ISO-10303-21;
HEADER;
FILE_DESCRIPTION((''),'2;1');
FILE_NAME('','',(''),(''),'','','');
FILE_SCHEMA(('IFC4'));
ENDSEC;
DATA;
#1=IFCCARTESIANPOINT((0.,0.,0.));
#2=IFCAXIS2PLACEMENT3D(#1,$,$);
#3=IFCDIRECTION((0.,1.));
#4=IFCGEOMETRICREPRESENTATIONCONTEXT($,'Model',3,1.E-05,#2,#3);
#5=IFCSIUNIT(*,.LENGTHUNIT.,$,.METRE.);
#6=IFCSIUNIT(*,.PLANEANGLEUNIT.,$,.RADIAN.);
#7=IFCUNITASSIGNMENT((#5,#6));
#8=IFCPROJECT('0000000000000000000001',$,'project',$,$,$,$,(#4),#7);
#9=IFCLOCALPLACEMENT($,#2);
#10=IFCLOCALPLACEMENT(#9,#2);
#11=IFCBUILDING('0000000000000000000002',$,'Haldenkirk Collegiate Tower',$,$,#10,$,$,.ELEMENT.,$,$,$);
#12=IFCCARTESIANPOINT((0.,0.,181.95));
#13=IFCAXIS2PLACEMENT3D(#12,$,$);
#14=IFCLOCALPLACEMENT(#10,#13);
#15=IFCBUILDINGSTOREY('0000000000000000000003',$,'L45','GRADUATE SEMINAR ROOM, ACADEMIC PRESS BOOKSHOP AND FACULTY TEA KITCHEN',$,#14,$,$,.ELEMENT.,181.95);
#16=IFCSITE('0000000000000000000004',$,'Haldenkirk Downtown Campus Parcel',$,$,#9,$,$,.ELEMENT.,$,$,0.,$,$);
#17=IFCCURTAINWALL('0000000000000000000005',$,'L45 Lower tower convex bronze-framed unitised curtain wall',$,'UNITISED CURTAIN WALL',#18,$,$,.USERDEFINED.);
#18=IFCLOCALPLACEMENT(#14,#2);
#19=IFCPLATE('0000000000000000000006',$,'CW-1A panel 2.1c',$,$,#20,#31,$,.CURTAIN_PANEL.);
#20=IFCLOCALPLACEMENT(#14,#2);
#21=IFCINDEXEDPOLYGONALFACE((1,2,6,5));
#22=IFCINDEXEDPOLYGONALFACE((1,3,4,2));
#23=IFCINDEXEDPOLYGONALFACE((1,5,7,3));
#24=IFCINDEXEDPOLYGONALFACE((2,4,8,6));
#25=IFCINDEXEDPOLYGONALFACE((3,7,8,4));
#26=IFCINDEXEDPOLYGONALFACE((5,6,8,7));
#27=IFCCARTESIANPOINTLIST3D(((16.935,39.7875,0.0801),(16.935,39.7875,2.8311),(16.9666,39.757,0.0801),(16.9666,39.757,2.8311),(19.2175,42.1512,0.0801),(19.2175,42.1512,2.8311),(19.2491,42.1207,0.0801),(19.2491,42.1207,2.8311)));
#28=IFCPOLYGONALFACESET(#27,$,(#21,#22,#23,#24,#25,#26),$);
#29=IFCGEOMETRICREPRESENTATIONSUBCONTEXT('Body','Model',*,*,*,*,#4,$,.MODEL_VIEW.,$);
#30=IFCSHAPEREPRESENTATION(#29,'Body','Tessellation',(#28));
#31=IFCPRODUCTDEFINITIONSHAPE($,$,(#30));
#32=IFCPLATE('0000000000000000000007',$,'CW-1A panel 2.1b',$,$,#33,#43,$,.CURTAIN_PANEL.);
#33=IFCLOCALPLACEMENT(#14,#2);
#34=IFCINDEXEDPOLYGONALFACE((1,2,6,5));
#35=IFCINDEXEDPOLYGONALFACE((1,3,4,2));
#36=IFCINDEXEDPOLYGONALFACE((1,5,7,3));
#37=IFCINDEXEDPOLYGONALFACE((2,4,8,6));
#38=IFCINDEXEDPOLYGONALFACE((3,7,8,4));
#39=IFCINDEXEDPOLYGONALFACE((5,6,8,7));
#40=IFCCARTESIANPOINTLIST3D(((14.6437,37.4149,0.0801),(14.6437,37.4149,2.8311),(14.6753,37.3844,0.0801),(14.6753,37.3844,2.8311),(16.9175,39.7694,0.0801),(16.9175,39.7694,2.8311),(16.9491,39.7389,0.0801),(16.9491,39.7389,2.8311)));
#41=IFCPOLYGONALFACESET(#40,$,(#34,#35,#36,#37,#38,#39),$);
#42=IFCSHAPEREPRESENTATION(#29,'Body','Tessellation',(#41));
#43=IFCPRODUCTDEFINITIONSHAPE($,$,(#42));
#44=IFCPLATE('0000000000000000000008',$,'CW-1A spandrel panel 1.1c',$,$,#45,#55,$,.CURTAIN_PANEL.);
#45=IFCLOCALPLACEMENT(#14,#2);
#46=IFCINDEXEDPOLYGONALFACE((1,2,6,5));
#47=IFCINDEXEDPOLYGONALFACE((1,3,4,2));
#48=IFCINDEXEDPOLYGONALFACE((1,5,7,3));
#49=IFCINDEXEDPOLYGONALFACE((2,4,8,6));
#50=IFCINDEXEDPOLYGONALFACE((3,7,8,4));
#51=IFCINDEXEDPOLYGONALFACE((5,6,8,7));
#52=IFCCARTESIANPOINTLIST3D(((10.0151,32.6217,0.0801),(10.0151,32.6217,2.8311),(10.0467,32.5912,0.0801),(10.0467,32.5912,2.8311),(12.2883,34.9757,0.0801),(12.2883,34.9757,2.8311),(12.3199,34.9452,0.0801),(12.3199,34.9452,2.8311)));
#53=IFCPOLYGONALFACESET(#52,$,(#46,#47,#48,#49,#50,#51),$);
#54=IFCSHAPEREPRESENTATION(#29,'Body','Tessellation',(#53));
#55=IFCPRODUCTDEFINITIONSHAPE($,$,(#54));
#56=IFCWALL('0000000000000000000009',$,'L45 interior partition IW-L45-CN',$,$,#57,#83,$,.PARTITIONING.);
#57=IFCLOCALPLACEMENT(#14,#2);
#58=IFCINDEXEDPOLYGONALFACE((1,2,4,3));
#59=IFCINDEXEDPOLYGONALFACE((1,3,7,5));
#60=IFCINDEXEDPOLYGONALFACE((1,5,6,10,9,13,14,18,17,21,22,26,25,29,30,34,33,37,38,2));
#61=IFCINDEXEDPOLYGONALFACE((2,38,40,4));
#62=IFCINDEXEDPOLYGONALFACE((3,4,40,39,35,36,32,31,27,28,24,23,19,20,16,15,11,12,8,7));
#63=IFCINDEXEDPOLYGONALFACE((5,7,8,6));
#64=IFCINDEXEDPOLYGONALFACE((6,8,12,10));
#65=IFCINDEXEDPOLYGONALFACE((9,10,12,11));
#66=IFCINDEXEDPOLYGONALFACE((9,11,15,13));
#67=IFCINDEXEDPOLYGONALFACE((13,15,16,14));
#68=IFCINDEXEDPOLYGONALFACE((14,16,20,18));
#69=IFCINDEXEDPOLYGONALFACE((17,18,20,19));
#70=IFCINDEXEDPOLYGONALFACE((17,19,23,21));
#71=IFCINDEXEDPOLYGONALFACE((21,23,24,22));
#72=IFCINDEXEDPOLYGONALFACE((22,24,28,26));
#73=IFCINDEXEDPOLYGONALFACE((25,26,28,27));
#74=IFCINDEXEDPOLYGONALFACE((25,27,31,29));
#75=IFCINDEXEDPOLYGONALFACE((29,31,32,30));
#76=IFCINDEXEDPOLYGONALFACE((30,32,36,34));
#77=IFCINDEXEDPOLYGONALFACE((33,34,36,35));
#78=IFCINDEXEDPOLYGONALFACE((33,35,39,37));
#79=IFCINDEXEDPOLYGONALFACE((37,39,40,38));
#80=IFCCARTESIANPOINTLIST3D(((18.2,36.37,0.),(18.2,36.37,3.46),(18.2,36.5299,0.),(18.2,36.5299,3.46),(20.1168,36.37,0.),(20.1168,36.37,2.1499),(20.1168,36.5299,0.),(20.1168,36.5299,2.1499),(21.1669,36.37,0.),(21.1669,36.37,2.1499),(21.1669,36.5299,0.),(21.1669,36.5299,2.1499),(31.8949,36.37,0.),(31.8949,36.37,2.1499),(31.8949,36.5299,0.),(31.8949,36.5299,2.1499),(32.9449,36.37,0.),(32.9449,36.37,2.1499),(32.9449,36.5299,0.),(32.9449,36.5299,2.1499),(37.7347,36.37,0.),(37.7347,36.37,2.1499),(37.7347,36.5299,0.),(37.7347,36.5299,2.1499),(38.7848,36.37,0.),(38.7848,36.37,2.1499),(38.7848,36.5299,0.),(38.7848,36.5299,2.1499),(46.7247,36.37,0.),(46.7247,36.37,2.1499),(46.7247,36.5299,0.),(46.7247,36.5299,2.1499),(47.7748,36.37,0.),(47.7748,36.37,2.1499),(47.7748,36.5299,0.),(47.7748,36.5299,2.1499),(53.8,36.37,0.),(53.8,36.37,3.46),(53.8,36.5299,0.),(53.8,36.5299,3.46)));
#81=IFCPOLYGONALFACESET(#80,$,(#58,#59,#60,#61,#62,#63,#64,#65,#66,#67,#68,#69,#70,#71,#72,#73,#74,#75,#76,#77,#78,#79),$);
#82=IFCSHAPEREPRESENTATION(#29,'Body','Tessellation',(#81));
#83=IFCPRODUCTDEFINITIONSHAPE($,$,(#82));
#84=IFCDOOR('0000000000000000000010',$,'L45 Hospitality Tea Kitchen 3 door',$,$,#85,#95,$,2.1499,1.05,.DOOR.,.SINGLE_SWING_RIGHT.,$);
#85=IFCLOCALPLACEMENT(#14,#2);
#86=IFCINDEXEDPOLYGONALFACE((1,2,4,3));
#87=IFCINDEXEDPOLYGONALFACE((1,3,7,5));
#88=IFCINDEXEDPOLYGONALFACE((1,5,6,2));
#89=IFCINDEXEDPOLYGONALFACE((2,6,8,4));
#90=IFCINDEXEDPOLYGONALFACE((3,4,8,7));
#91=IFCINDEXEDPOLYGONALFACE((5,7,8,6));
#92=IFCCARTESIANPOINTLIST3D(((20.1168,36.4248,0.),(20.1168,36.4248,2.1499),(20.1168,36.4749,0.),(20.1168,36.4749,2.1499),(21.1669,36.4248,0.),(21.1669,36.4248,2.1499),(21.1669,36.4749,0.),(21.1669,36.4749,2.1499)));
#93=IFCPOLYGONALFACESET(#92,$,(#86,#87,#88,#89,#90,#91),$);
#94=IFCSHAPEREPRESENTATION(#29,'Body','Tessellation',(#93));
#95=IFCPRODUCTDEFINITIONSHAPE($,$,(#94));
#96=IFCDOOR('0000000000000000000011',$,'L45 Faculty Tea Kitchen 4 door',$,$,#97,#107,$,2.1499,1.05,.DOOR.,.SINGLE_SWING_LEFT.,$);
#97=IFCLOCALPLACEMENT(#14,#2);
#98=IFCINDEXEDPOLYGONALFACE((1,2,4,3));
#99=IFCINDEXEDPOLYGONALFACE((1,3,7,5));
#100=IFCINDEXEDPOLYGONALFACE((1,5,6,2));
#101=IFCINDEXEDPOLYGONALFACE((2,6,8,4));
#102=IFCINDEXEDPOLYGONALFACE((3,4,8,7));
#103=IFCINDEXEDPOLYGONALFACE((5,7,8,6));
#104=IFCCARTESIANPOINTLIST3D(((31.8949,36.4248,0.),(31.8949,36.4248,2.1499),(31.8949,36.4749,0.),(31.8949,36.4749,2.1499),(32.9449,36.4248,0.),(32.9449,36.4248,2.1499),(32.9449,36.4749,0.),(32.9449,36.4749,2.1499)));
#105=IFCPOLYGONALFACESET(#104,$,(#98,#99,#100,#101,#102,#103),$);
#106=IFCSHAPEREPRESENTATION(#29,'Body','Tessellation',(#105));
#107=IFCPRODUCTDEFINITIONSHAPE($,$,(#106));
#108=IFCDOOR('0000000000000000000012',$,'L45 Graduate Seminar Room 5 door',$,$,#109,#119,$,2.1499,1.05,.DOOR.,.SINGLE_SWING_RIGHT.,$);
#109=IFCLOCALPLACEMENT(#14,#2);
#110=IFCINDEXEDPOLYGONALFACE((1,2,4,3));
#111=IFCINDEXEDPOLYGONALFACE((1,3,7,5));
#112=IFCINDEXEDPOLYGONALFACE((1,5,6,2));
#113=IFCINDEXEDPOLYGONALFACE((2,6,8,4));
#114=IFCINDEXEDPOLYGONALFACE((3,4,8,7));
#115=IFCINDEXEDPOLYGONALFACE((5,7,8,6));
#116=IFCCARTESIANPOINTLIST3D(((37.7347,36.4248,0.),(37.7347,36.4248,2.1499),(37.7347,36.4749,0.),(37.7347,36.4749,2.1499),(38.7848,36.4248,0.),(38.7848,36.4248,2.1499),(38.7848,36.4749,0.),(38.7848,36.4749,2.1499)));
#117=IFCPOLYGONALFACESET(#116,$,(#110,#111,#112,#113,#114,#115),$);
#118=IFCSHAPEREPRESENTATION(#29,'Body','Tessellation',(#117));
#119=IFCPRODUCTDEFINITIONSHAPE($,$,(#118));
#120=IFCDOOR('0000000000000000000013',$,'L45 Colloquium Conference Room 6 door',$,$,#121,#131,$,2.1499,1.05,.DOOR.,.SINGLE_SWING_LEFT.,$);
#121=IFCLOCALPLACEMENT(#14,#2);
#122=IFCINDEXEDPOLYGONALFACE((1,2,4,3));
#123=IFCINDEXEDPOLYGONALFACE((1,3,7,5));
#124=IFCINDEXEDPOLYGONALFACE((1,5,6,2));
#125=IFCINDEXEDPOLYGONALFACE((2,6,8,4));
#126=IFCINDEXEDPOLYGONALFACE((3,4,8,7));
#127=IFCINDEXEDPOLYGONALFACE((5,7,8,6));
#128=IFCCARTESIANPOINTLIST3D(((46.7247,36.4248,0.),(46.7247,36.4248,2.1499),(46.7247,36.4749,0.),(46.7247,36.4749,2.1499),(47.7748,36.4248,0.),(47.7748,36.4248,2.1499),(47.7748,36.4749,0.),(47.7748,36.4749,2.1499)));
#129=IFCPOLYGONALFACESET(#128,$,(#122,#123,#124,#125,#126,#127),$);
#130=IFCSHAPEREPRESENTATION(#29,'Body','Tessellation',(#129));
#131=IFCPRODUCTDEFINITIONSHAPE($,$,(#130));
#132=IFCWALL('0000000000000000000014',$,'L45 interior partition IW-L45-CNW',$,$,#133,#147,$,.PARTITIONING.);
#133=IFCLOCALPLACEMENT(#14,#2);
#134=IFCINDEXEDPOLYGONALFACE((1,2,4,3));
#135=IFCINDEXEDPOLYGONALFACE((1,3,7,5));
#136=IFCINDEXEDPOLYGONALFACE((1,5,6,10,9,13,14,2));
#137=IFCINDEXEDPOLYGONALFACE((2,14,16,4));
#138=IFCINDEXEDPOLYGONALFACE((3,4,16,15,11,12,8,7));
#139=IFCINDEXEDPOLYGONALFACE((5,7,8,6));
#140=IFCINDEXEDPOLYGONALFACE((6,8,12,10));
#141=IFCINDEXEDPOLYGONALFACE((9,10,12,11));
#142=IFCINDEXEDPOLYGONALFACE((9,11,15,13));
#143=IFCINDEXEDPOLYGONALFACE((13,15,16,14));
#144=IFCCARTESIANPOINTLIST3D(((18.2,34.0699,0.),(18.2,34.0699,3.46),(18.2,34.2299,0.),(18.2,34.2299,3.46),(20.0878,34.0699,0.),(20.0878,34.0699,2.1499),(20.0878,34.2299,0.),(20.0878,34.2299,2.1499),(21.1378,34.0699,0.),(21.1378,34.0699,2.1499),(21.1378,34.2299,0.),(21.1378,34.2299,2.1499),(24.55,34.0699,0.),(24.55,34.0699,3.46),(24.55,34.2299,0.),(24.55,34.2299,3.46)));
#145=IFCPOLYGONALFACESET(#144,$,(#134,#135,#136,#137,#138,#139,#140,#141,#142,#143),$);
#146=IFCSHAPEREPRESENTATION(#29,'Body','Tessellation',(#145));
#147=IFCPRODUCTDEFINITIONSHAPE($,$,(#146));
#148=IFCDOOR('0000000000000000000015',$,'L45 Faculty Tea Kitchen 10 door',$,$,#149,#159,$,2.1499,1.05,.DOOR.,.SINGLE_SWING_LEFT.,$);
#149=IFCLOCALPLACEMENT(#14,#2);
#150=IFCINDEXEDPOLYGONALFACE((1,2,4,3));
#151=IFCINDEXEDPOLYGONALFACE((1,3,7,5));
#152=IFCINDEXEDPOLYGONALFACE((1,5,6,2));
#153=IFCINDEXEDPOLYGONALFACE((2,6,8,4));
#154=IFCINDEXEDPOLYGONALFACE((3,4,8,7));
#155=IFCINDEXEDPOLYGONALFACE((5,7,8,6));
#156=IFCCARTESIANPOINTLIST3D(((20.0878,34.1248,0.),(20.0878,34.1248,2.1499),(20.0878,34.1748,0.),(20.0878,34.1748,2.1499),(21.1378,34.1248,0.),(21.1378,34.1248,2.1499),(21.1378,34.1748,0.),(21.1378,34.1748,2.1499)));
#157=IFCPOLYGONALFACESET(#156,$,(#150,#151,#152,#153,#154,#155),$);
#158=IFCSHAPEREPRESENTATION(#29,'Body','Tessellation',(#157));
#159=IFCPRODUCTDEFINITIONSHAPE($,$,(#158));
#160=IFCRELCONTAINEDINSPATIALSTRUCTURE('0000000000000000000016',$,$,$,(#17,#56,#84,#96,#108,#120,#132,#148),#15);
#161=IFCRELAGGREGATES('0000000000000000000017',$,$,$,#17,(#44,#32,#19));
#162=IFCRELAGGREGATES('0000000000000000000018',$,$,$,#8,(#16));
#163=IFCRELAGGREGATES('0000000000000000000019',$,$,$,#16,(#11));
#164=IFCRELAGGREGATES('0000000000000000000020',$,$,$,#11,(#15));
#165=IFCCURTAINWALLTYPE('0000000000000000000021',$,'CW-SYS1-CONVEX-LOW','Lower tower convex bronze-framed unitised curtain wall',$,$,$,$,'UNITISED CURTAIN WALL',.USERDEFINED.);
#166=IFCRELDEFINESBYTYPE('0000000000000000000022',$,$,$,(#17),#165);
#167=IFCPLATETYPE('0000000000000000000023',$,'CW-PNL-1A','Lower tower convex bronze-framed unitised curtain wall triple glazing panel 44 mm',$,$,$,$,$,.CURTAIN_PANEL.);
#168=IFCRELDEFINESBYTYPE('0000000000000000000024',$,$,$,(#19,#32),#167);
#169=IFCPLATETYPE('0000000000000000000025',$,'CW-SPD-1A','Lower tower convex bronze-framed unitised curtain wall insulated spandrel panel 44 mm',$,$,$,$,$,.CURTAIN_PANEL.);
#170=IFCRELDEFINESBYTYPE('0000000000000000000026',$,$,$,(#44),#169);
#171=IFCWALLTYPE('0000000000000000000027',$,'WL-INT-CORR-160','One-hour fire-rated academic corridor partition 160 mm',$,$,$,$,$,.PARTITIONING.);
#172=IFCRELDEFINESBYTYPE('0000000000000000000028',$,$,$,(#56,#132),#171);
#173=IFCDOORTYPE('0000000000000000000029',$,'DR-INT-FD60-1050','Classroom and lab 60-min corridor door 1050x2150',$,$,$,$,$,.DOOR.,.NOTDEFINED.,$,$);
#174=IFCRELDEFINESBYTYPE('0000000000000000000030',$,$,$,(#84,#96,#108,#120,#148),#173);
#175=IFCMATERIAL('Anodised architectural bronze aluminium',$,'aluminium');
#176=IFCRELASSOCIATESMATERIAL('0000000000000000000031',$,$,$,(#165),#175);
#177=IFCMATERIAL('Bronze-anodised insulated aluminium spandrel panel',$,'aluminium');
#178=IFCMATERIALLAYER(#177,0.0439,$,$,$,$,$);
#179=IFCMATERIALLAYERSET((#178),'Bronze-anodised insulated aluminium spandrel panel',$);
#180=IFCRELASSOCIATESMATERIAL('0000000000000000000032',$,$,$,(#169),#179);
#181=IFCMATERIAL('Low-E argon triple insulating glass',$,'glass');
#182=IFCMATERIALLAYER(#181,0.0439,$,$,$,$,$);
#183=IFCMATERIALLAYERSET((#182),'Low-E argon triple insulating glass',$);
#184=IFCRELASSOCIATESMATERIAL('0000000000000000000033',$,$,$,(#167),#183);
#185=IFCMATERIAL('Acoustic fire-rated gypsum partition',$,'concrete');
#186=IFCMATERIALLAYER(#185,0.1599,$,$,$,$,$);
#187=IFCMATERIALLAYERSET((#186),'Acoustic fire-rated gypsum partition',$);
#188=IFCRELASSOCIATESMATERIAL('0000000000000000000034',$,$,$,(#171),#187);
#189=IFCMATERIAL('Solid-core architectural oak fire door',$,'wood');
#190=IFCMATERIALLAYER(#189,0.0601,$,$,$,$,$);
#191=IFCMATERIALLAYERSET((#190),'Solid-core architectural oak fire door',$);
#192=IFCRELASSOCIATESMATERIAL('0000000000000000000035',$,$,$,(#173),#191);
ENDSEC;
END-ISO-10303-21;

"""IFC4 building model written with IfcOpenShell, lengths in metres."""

from ifc_helpers import new_model, si_unit, direction, frame, frame_2d, origin, origin_2d, place, context, subcontext, project, spatial, rectangle, extrude, source, transform, mapped, material, layer, layer_set, type_object, element, fill, aggregate, save


model = new_model("IFC4")

# Units and contexts
model_context = context("Model", 3, precision=1e-05, world=origin(), true_north=direction((0.0, 1.0)))
body_context = subcontext(model_context, "Body", "Model", "MODEL_VIEW")
ifc_project = project(units=[si_unit("LENGTHUNIT", "METRE"), si_unit("PLANEANGLEUNIT", "RADIAN")], contexts=[model_context])

# Site, building, storey
site_placement = place(None, origin())
site = spatial("IfcSite", under=ifc_project, at=site_placement, Name="Haldenkirk Downtown Campus Parcel", CompositionType="ELEMENT", RefElevation=0.0)
building_placement = place(site_placement, origin())
building = spatial("IfcBuilding", under=site, at=building_placement, Name="Haldenkirk Collegiate Tower", CompositionType="ELEMENT")
storey_placement = place(building_placement, frame((0.0, 0.0, 181.95)))
storey = spatial("IfcBuildingStorey", under=building, at=storey_placement, Name="L45", Description="GRADUATE SEMINAR ROOM, ACADEMIC PRESS BOOKSHOP AND FACULTY TEA KITCHEN", CompositionType="ELEMENT", Elevation=181.95)

# Curtain wall
ifc_material_1 = material(Name="Anodised architectural bronze aluminium", Category="aluminium")
curtain_wall_type = type_object("IfcCurtainWallType", Name="CW-SYS1-CONVEX-LOW", Description="Lower tower convex bronze-framed unitised curtain wall", ElementType="UNITISED CURTAIN WALL", PredefinedType="USERDEFINED", material=ifc_material_1)
curtain_wall_placement = place(storey_placement, origin())
curtain_wall = element("IfcCurtainWall", 1, at=curtain_wall_placement, inside=storey, type_object=curtain_wall_type, Name="L45 Lower tower convex bronze-framed unitised curtain wall", ObjectType="UNITISED CURTAIN WALL", PredefinedType="USERDEFINED")

# Plates
ifc_material_2 = material(Name="Bronze-anodised insulated aluminium spandrel panel", Category="aluminium")
ifc_layer_1 = layer(ifc_material_2, 0.0439)
ifc_layer_set_1 = layer_set([ifc_layer_1], Name="Bronze-anodised insulated aluminium spandrel panel")
plate_type_1 = type_object("IfcPlateType", Name="CW-SPD-1A", Description="Lower tower convex bronze-framed unitised curtain wall insulated spandrel panel 44 mm", PredefinedType="CURTAIN_PANEL", material=ifc_layer_set_1)
shared_shape_1 = source(origin(), body_context, "Body", "SweptSolid", [
    extrude(rectangle(XDim=3.2859, YDim=0.0439, at=origin_2d()), origin(), (0.0, 0.0, 1.0), 2.751),
])
ifc_material_3 = material(Name="Low-E argon triple insulating glass", Category="glass")
ifc_layer_2 = layer(ifc_material_3, 0.0439)
ifc_layer_set_2 = layer_set([ifc_layer_2], Name="Low-E argon triple insulating glass")
plate_type_2 = type_object("IfcPlateType", Name="CW-PNL-1A", Description="Lower tower convex bronze-framed unitised curtain wall triple glazing panel 44 mm", PredefinedType="CURTAIN_PANEL", material=ifc_layer_set_2)
plate_1_placement = place(storey_placement, frame((18.092, 40.9541, 0.0801), z_axis=(0.0, 0.0, 1.0), x_axis=(0.694657, 0.719341, 0.0)))
plate_1 = element("IfcPlate", 2, at=plate_1_placement, type_object=plate_type_2, Name="CW-1A panel 2.1c", PredefinedType="CURTAIN_PANEL", context=body_context, shape_type="MappedRepresentation", body=[
    mapped(shared_shape_1, transform((0.0, 0.0, 0.0), x_axis=(1.0, 0.0, 0.0), y_axis=(0.0, 1.0, 0.0), z_axis=(0.0, 0.0, 1.0), scale=1.0)),
])
shared_shape_2 = source(origin(), body_context, "Body", "SweptSolid", [
    extrude(rectangle(XDim=3.2732, YDim=0.0439, at=origin_2d()), origin(), (0.0, 0.0, 1.0), 2.751),
])
plate_2_placement = place(storey_placement, frame((15.7964, 38.5769, 0.0801), z_axis=(0.0, 0.0, 1.0), x_axis=(0.694657, 0.719341, 0.0)))
plate_2 = element("IfcPlate", 3, at=plate_2_placement, type_object=plate_type_2, Name="CW-1A panel 2.1b", PredefinedType="CURTAIN_PANEL", context=body_context, shape_type="MappedRepresentation", body=[
    mapped(shared_shape_2, transform((0.0, 0.0, 0.0), x_axis=(1.0, 0.0, 0.0), y_axis=(0.0, 1.0, 0.0), z_axis=(0.0, 0.0, 1.0), scale=1.0)),
])
shared_shape_3 = source(origin(), body_context, "Body", "SweptSolid", [
    extrude(rectangle(XDim=3.2725, YDim=0.0439, at=origin_2d()), origin(), (0.0, 0.0, 1.0), 2.751),
])
plate_3_placement = place(storey_placement, frame((11.1675, 33.7834, 0.0801), z_axis=(0.0, 0.0, 1.0), x_axis=(0.694657, 0.719341, 0.0)))
plate_3 = element("IfcPlate", 4, at=plate_3_placement, type_object=plate_type_1, Name="CW-1A spandrel panel 1.1c", PredefinedType="CURTAIN_PANEL", context=body_context, shape_type="MappedRepresentation", body=[
    mapped(shared_shape_3, transform((0.0, 0.0, 0.0), x_axis=(1.0, 0.0, 0.0), y_axis=(0.0, 1.0, 0.0), z_axis=(0.0, 0.0, 1.0), scale=1.0)),
])
aggregate(curtain_wall, [plate_3, plate_2, plate_1])

# Wall, openings, doors
ifc_material_4 = material(Name="Acoustic fire-rated gypsum partition", Category="concrete")
ifc_layer_3 = layer(ifc_material_4, 0.1599)
ifc_layer_set_3 = layer_set([ifc_layer_3], Name="Acoustic fire-rated gypsum partition")
wall_type_1 = type_object("IfcWallType", Name="WL-INT-CORR-160", Description="One-hour fire-rated academic corridor partition 160 mm", PredefinedType="PARTITIONING", material=ifc_layer_set_3)
wall_1_placement = place(storey_placement, frame((18.2, 36.45, 0.0), z_axis=(0.0, 0.0, 1.0), x_axis=(1.0, 0.0, 0.0)))
wall_1 = element("IfcWall", 5, at=wall_1_placement, inside=storey, type_object=wall_type_1, Name="L45 interior partition IW-L45-CN", PredefinedType="PARTITIONING", context=body_context, shape_type="SweptSolid", body=[
    extrude(rectangle(XDim=35.6001, YDim=0.1599, at=frame_2d((17.8, 0.0))), origin(), (0.0, 0.0, 1.0), 3.46),
])
opening_1_placement = place(wall_1_placement, frame((1.917, 0.0, 0.0)))
opening_1 = element("IfcOpeningElement", 6, at=opening_1_placement, cuts=wall_1, PredefinedType="OPENING", context=body_context, shape_type="SweptSolid", body=[
    extrude(rectangle(XDim=1.05, YDim=2.1499, at=frame_2d((0.5249, 1.075))), frame((0.0, 0.0898, 0.0), z_axis=(0.0, -1.0, 0.0), x_axis=(1.0, 0.0, 0.0)), (0.0, 0.0, 1.0), 0.1799),
])
opening_2_placement = place(wall_1_placement, frame((13.6951, 0.0, 0.0)))
opening_2 = element("IfcOpeningElement", 7, at=opening_2_placement, cuts=wall_1, PredefinedType="OPENING", context=body_context, shape_type="SweptSolid", body=[
    extrude(rectangle(XDim=1.05, YDim=2.1499, at=frame_2d((0.5249, 1.075))), frame((0.0, 0.0898, 0.0), z_axis=(0.0, -1.0, 0.0), x_axis=(1.0, 0.0, 0.0)), (0.0, 0.0, 1.0), 0.1799),
])
opening_3_placement = place(wall_1_placement, frame((19.5349, 0.0, 0.0)))
opening_3 = element("IfcOpeningElement", 8, at=opening_3_placement, cuts=wall_1, PredefinedType="OPENING", context=body_context, shape_type="SweptSolid", body=[
    extrude(rectangle(XDim=1.05, YDim=2.1499, at=frame_2d((0.5249, 1.075))), frame((0.0, 0.0898, 0.0), z_axis=(0.0, -1.0, 0.0), x_axis=(1.0, 0.0, 0.0)), (0.0, 0.0, 1.0), 0.1799),
])
opening_4_placement = place(wall_1_placement, frame((28.5249, 0.0, 0.0)))
opening_4 = element("IfcOpeningElement", 9, at=opening_4_placement, cuts=wall_1, PredefinedType="OPENING", context=body_context, shape_type="SweptSolid", body=[
    extrude(rectangle(XDim=1.05, YDim=2.1499, at=frame_2d((0.5249, 1.075))), frame((0.0, 0.0898, 0.0), z_axis=(0.0, -1.0, 0.0), x_axis=(1.0, 0.0, 0.0)), (0.0, 0.0, 1.0), 0.1799),
])
ifc_material_5 = material(Name="Solid-core architectural oak fire door", Category="wood")
ifc_layer_4 = layer(ifc_material_5, 0.0601)
ifc_layer_set_4 = layer_set([ifc_layer_4], Name="Solid-core architectural oak fire door")
door_type_1 = type_object("IfcDoorType", Name="DR-INT-FD60-1050", Description="Classroom and lab 60-min corridor door 1050x2150", OperationType="NOTDEFINED", PredefinedType="DOOR", material=ifc_layer_set_4)
door_1_placement = place(opening_1_placement, origin())
door_1 = element("IfcDoor", 10, at=door_1_placement, inside=storey, type_object=door_type_1, Name="L45 Hospitality Tea Kitchen 3 door", OperationType="SINGLE_SWING_RIGHT", OverallHeight=2.1499, OverallWidth=1.05, PredefinedType="DOOR", context=body_context, shape_type="SweptSolid", body=[
    extrude(rectangle(XDim=1.05, YDim=2.1499, at=frame_2d((0.5249, 1.075))), frame((0.0, 0.0249, 0.0), z_axis=(0.0, -1.0, 0.0), x_axis=(1.0, 0.0, 0.0)), (0.0, 0.0, 1.0), 0.05),
])
fill(opening_1, door_1)
door_2_placement = place(opening_2_placement, origin())
door_2 = element("IfcDoor", 11, at=door_2_placement, inside=storey, type_object=door_type_1, Name="L45 Faculty Tea Kitchen 4 door", OperationType="SINGLE_SWING_LEFT", OverallHeight=2.1499, OverallWidth=1.05, PredefinedType="DOOR", context=body_context, shape_type="SweptSolid", body=[
    extrude(rectangle(XDim=1.05, YDim=2.1499, at=frame_2d((0.5249, 1.075))), frame((0.0, 0.0249, 0.0), z_axis=(0.0, -1.0, 0.0), x_axis=(1.0, 0.0, 0.0)), (0.0, 0.0, 1.0), 0.05),
])
fill(opening_2, door_2)
door_3_placement = place(opening_3_placement, origin())
door_3 = element("IfcDoor", 12, at=door_3_placement, inside=storey, type_object=door_type_1, Name="L45 Graduate Seminar Room 5 door", OperationType="SINGLE_SWING_RIGHT", OverallHeight=2.1499, OverallWidth=1.05, PredefinedType="DOOR", context=body_context, shape_type="SweptSolid", body=[
    extrude(rectangle(XDim=1.05, YDim=2.1499, at=frame_2d((0.5249, 1.075))), frame((0.0, 0.0249, 0.0), z_axis=(0.0, -1.0, 0.0), x_axis=(1.0, 0.0, 0.0)), (0.0, 0.0, 1.0), 0.05),
])
fill(opening_3, door_3)
door_4_placement = place(opening_4_placement, origin())
door_4 = element("IfcDoor", 13, at=door_4_placement, inside=storey, type_object=door_type_1, Name="L45 Colloquium Conference Room 6 door", OperationType="SINGLE_SWING_LEFT", OverallHeight=2.1499, OverallWidth=1.05, PredefinedType="DOOR", context=body_context, shape_type="SweptSolid", body=[
    extrude(rectangle(XDim=1.05, YDim=2.1499, at=frame_2d((0.5249, 1.075))), frame((0.0, 0.0249, 0.0), z_axis=(0.0, -1.0, 0.0), x_axis=(1.0, 0.0, 0.0)), (0.0, 0.0, 1.0), 0.05),
])
fill(opening_4, door_4)

# Wall, opening, door
wall_2_placement = place(storey_placement, frame((18.2, 34.1499, 0.0), z_axis=(0.0, 0.0, 1.0), x_axis=(1.0, 0.0, 0.0)))
wall_2 = element("IfcWall", 14, at=wall_2_placement, inside=storey, type_object=wall_type_1, Name="L45 interior partition IW-L45-CNW", PredefinedType="PARTITIONING", context=body_context, shape_type="SweptSolid", body=[
    extrude(rectangle(XDim=6.3501, YDim=0.1599, at=frame_2d((3.175, 0.0))), origin(), (0.0, 0.0, 1.0), 3.46),
])
opening_5_placement = place(wall_2_placement, frame((1.8879, 0.0, 0.0)))
opening_5 = element("IfcOpeningElement", 15, at=opening_5_placement, cuts=wall_2, PredefinedType="OPENING", context=body_context, shape_type="SweptSolid", body=[
    extrude(rectangle(XDim=1.05, YDim=2.1499, at=frame_2d((0.5249, 1.075))), frame((0.0, 0.0898, 0.0), z_axis=(0.0, -1.0, 0.0), x_axis=(1.0, 0.0, 0.0)), (0.0, 0.0, 1.0), 0.1799),
])
door_5_placement = place(opening_5_placement, origin())
door_5 = element("IfcDoor", 16, at=door_5_placement, inside=storey, type_object=door_type_1, Name="L45 Faculty Tea Kitchen 10 door", OperationType="SINGLE_SWING_LEFT", OverallHeight=2.1499, OverallWidth=1.05, PredefinedType="DOOR", context=body_context, shape_type="SweptSolid", body=[
    extrude(rectangle(XDim=1.05, YDim=2.1499, at=frame_2d((0.5249, 1.075))), frame((0.0, 0.0249, 0.0), z_axis=(0.0, -1.0, 0.0), x_axis=(1.0, 0.0, 0.0)), (0.0, 0.0, 1.0), 0.05),
])
fill(opening_5, door_5)

save(model, "model.ifc")
